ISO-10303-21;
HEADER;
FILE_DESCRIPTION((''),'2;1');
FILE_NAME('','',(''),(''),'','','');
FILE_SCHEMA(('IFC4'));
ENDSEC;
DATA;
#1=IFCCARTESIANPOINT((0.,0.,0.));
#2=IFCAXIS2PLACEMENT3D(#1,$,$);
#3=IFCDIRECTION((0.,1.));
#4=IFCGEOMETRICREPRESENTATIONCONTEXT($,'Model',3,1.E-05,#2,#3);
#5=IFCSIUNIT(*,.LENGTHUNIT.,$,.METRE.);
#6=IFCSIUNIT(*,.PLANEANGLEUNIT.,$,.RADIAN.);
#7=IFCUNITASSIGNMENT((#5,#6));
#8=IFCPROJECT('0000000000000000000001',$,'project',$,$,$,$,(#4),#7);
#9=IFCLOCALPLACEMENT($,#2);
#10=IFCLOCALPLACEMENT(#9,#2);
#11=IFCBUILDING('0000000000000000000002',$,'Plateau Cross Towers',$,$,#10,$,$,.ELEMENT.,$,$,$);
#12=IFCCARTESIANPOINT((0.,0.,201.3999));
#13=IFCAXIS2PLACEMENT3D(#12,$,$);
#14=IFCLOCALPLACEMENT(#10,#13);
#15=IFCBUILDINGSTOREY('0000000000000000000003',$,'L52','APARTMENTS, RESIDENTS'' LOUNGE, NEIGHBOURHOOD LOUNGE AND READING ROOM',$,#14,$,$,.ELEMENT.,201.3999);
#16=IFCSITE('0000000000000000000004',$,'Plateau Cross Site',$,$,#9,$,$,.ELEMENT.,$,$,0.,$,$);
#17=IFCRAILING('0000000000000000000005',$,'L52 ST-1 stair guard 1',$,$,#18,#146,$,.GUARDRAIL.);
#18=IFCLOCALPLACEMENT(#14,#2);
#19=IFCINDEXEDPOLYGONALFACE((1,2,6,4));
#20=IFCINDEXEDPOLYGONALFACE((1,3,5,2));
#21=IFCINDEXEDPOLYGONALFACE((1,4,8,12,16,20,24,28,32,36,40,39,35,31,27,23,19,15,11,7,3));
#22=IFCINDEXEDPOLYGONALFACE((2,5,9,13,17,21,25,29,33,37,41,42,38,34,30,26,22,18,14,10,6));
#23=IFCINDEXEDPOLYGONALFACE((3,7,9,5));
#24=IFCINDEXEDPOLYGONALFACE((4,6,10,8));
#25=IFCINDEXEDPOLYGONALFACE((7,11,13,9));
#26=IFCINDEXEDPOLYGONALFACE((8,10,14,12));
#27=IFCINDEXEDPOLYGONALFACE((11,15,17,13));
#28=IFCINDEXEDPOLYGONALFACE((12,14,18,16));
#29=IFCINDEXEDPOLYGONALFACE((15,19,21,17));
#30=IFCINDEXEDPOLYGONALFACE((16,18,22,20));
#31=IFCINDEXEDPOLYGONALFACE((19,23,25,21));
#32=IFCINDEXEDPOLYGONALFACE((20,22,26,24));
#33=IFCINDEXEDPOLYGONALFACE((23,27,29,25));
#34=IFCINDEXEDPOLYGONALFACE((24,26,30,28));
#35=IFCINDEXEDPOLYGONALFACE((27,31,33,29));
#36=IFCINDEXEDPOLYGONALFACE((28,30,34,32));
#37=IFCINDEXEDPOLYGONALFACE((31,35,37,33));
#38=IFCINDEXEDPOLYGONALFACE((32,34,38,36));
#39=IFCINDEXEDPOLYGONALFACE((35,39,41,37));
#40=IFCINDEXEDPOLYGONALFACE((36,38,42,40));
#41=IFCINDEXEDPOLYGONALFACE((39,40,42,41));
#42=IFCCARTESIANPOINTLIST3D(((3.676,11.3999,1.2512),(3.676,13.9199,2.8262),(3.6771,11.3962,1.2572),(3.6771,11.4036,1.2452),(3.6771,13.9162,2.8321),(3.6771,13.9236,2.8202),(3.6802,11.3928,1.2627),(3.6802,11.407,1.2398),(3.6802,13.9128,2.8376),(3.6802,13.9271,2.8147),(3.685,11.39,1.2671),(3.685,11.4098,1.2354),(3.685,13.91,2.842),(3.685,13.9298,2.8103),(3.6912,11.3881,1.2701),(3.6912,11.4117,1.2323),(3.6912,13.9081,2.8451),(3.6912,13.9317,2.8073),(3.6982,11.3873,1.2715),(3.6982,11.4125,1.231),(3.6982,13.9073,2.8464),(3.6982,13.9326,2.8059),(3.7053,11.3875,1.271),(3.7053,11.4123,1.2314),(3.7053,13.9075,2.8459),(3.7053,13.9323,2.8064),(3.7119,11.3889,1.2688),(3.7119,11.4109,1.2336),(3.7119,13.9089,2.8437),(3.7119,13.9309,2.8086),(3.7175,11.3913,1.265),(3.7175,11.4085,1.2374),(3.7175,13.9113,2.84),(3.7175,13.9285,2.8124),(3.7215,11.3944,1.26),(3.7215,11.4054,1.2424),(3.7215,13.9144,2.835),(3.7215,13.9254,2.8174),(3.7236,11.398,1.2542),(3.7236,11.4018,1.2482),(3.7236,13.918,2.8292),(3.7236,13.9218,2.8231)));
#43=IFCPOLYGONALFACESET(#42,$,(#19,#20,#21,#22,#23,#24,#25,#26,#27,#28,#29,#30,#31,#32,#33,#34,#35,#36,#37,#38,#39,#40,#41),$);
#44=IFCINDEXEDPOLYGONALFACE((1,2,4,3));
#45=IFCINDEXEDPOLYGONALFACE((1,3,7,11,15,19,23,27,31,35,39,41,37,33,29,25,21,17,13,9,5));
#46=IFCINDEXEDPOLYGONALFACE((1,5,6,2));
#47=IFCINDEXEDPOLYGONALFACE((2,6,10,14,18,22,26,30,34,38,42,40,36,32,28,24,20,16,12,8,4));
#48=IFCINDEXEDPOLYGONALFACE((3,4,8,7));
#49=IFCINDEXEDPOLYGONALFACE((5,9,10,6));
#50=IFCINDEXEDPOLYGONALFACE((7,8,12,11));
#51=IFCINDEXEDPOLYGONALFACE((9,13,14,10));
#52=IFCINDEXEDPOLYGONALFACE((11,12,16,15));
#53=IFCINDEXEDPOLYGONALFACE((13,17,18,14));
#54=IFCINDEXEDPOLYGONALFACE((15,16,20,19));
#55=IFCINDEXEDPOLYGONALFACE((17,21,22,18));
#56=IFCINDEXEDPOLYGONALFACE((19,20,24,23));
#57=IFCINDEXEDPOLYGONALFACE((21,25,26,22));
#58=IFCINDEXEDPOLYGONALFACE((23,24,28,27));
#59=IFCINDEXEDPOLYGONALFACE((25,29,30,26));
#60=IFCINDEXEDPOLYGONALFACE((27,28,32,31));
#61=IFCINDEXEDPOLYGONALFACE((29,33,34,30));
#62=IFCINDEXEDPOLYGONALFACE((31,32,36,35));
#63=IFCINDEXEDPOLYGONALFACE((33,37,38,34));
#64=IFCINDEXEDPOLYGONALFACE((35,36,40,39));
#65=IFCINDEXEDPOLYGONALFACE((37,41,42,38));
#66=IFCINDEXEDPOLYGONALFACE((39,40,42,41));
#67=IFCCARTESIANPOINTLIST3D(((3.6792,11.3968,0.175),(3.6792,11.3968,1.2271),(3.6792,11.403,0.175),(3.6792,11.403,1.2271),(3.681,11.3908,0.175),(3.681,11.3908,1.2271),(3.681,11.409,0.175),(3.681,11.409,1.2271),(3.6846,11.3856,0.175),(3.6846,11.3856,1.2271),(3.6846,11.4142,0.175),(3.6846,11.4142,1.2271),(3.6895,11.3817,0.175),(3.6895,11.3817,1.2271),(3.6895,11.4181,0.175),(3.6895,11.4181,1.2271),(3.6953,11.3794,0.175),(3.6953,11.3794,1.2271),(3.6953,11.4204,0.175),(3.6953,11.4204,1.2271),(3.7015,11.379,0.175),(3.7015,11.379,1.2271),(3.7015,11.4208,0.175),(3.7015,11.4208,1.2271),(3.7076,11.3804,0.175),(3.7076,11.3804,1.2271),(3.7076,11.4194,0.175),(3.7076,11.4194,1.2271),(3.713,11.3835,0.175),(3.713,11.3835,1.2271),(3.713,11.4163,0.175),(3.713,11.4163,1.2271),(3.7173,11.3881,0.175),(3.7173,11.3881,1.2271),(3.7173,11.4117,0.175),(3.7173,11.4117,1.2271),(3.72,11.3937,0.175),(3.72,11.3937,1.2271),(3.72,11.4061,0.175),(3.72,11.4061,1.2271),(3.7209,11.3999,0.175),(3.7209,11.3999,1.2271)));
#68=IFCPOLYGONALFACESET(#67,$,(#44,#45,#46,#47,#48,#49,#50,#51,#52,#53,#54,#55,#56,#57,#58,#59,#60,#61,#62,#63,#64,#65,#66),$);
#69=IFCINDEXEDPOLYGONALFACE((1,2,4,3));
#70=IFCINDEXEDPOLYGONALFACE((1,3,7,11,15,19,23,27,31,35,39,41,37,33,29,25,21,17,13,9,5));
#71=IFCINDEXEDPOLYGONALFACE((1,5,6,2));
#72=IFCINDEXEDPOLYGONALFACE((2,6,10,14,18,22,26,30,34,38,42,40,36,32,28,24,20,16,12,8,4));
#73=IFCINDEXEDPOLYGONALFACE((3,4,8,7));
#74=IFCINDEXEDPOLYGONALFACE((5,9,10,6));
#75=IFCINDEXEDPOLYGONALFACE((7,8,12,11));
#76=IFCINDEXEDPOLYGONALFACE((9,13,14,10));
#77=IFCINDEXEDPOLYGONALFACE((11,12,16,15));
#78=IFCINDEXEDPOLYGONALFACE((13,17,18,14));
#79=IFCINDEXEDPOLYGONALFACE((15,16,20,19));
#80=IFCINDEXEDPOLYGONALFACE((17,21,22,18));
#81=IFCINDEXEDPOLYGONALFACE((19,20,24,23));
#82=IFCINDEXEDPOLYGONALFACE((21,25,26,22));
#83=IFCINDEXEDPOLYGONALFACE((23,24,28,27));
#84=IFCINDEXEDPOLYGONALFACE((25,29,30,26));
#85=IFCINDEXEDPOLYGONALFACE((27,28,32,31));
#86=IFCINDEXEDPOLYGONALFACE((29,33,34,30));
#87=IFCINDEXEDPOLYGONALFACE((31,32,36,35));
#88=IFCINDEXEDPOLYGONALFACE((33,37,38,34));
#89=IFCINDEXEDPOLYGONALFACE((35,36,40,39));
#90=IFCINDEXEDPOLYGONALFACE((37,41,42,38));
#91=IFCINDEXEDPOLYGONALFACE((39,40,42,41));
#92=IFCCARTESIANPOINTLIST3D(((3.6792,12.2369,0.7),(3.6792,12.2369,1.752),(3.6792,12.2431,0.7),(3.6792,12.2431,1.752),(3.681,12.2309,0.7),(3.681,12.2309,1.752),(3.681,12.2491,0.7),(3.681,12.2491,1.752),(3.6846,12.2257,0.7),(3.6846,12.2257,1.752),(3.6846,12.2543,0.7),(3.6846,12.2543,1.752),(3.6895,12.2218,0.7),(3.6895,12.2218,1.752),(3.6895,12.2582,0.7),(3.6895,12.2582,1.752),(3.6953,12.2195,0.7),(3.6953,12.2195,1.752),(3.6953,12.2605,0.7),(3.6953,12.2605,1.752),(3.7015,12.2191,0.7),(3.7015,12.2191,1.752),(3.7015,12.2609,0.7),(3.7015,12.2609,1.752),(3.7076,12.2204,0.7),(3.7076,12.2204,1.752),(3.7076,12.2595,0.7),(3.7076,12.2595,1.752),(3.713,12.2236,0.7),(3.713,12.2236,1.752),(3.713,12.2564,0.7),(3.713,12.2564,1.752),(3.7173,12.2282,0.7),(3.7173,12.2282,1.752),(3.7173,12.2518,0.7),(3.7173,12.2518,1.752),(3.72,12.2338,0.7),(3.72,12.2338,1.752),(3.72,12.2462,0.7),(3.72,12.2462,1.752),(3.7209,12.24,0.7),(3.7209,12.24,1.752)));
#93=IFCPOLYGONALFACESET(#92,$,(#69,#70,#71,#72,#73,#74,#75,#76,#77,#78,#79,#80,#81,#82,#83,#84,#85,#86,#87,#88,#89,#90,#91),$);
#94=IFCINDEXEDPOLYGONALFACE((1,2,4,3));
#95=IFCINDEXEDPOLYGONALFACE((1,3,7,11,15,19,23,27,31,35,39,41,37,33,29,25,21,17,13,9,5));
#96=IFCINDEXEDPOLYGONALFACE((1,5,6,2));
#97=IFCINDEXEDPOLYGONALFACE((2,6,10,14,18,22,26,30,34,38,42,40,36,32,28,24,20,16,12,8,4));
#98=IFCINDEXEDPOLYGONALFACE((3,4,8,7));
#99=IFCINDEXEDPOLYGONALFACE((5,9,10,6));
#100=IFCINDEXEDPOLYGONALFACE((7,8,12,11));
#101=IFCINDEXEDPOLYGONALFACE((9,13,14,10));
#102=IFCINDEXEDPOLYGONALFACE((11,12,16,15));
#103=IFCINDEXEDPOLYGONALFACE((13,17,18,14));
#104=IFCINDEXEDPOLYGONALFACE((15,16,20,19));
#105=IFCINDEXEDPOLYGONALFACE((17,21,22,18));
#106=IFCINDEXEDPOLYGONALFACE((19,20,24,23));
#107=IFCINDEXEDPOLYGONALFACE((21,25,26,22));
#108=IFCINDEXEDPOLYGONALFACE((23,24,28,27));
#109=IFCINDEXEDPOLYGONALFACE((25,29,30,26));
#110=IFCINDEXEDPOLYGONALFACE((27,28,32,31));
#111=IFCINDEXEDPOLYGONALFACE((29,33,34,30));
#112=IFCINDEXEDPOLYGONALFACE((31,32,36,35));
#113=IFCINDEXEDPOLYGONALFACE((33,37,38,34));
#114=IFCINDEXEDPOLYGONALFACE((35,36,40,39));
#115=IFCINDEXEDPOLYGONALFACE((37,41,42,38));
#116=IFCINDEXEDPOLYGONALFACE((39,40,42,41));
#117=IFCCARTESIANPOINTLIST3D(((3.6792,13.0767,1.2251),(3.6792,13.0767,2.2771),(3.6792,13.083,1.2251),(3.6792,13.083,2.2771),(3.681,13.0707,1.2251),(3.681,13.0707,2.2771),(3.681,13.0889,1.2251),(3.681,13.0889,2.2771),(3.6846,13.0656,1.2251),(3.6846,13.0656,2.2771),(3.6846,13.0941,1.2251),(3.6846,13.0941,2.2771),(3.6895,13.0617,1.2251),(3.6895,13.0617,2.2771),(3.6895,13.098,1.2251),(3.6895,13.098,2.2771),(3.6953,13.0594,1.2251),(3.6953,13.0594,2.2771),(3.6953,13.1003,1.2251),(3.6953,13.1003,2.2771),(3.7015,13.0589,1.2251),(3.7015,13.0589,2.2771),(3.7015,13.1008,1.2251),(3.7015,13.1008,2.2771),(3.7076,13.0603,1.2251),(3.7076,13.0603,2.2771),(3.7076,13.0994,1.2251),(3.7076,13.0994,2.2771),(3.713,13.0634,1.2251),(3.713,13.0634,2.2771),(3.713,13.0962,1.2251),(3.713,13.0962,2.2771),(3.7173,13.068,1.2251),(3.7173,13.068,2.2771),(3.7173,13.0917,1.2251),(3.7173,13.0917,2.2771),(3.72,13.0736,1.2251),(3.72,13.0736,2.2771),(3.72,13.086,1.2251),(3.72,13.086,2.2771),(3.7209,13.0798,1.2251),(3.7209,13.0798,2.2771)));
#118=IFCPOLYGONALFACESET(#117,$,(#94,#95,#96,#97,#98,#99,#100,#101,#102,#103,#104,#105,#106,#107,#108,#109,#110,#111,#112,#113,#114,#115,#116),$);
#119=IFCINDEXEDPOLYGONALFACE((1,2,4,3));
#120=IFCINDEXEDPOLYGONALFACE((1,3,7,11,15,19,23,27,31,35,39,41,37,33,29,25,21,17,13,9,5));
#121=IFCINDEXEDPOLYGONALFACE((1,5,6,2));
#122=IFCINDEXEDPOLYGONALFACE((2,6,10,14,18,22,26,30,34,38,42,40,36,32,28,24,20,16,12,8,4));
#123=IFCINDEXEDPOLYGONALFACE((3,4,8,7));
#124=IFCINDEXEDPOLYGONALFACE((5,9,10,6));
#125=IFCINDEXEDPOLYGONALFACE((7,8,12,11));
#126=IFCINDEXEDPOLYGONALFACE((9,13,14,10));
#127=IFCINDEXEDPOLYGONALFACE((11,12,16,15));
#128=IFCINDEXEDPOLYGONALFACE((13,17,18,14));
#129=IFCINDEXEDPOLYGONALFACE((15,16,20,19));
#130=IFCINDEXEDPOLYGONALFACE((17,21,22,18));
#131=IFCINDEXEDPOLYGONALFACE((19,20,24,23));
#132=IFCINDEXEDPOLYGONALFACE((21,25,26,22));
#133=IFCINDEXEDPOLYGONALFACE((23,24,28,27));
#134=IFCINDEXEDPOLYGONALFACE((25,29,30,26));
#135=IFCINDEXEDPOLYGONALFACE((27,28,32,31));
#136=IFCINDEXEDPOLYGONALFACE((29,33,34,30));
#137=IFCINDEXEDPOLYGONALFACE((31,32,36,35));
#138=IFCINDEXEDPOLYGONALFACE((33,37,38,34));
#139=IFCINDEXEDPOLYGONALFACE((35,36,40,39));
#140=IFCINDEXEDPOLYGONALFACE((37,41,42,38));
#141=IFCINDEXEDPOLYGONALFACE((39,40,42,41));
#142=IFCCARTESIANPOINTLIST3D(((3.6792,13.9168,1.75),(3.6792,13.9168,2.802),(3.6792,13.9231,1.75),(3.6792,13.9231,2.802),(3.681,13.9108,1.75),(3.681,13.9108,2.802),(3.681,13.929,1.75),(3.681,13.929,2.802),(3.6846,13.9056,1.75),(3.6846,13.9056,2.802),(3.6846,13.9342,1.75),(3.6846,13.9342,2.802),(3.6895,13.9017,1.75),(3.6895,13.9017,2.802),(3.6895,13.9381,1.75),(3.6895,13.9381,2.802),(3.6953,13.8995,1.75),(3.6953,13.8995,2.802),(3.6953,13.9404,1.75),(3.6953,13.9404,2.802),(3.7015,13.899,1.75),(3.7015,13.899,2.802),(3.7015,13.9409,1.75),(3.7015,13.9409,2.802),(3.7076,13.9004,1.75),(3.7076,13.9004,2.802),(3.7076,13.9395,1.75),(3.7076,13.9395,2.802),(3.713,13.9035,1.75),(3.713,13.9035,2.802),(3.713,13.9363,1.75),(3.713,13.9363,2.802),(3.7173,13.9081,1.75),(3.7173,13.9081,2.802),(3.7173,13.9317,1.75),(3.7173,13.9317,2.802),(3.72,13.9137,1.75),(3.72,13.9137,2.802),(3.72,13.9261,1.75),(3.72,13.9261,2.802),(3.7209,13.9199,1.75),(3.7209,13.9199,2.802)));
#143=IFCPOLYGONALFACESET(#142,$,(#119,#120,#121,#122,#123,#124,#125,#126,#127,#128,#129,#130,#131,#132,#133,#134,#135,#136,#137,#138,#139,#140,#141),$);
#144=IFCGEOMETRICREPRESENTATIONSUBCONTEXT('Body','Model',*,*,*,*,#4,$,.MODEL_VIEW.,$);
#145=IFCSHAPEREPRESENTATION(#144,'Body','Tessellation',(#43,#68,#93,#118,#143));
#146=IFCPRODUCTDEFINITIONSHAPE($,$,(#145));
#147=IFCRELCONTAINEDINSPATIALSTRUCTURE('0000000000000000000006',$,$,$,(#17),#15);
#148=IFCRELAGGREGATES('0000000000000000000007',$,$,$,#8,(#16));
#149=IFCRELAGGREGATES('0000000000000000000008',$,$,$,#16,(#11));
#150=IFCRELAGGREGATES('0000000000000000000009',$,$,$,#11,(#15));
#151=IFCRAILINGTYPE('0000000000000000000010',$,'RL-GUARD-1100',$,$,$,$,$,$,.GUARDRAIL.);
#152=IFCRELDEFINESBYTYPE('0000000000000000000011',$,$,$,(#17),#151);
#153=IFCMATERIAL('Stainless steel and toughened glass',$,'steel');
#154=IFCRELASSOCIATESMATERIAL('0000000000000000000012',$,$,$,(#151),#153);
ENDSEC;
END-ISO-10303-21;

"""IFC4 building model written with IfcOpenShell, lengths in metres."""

from ifc_helpers import new_model, si_unit, direction, frame, origin, origin_2d, place, context, subcontext, project, spatial, circle, extrude, material, type_object, element, save


model = new_model("IFC4")

# Units and contexts
model_context = context("Model", 3, precision=1e-05, world=origin(), true_north=direction((0.0, 1.0)))
body_context = subcontext(model_context, "Body", "Model", "MODEL_VIEW")
ifc_project = project(units=[si_unit("LENGTHUNIT", "METRE"), si_unit("PLANEANGLEUNIT", "RADIAN")], contexts=[model_context])

# Site, building, storey
site_placement = place(None, origin())
site = spatial("IfcSite", under=ifc_project, at=site_placement, Name="Plateau Cross Site", CompositionType="ELEMENT", RefElevation=0.0)
building_placement = place(site_placement, origin())
building = spatial("IfcBuilding", under=site, at=building_placement, Name="Plateau Cross Towers", CompositionType="ELEMENT")
storey_placement = place(building_placement, frame((0.0, 0.0, 201.3999)))
storey = spatial("IfcBuildingStorey", under=building, at=storey_placement, Name="L52", Description="APARTMENTS, RESIDENTS' LOUNGE, NEIGHBOURHOOD LOUNGE AND READING ROOM", CompositionType="ELEMENT", Elevation=201.3999)

# Railing
ifc_material_1 = material(Name="Stainless steel and toughened glass", Category="steel")
railing_type_1 = type_object("IfcRailingType", Name="RL-GUARD-1100", PredefinedType="GUARDRAIL", material=ifc_material_1)
railing_1_placement = place(storey_placement, frame((3.7, 11.3999, 0.175)))
element("IfcRailing", 1, at=railing_1_placement, inside=storey, type_object=railing_type_1, Name="L52 ST-1 stair guard 1", PredefinedType="GUARDRAIL", context=body_context, shape_type="SweptSolid", body=[
    extrude(circle(Radius=0.0239, at=origin_2d()), frame((0.0, 0.0, 1.0762), z_axis=(0.0, 0.848008, 0.529984), x_axis=(-1.0, 0.0, 0.0)), (0.0, 0.0, 1.0), 2.9717),
    extrude(circle(Radius=0.021, at=origin_2d()), origin(), (0.0, 0.0, 1.0), 1.052),
    extrude(circle(Radius=0.021, at=origin_2d()), frame((0.0, 0.8401, 0.5249)), (0.0, 0.0, 1.0), 1.052),
    extrude(circle(Radius=0.021, at=origin_2d()), frame((0.0, 1.6799, 1.05)), (0.0, 0.0, 1.0), 1.052),
    extrude(circle(Radius=0.021, at=origin_2d()), frame((0.0, 2.52, 1.575)), (0.0, 0.0, 1.0), 1.052),
])

save(model, "model.ifc")
